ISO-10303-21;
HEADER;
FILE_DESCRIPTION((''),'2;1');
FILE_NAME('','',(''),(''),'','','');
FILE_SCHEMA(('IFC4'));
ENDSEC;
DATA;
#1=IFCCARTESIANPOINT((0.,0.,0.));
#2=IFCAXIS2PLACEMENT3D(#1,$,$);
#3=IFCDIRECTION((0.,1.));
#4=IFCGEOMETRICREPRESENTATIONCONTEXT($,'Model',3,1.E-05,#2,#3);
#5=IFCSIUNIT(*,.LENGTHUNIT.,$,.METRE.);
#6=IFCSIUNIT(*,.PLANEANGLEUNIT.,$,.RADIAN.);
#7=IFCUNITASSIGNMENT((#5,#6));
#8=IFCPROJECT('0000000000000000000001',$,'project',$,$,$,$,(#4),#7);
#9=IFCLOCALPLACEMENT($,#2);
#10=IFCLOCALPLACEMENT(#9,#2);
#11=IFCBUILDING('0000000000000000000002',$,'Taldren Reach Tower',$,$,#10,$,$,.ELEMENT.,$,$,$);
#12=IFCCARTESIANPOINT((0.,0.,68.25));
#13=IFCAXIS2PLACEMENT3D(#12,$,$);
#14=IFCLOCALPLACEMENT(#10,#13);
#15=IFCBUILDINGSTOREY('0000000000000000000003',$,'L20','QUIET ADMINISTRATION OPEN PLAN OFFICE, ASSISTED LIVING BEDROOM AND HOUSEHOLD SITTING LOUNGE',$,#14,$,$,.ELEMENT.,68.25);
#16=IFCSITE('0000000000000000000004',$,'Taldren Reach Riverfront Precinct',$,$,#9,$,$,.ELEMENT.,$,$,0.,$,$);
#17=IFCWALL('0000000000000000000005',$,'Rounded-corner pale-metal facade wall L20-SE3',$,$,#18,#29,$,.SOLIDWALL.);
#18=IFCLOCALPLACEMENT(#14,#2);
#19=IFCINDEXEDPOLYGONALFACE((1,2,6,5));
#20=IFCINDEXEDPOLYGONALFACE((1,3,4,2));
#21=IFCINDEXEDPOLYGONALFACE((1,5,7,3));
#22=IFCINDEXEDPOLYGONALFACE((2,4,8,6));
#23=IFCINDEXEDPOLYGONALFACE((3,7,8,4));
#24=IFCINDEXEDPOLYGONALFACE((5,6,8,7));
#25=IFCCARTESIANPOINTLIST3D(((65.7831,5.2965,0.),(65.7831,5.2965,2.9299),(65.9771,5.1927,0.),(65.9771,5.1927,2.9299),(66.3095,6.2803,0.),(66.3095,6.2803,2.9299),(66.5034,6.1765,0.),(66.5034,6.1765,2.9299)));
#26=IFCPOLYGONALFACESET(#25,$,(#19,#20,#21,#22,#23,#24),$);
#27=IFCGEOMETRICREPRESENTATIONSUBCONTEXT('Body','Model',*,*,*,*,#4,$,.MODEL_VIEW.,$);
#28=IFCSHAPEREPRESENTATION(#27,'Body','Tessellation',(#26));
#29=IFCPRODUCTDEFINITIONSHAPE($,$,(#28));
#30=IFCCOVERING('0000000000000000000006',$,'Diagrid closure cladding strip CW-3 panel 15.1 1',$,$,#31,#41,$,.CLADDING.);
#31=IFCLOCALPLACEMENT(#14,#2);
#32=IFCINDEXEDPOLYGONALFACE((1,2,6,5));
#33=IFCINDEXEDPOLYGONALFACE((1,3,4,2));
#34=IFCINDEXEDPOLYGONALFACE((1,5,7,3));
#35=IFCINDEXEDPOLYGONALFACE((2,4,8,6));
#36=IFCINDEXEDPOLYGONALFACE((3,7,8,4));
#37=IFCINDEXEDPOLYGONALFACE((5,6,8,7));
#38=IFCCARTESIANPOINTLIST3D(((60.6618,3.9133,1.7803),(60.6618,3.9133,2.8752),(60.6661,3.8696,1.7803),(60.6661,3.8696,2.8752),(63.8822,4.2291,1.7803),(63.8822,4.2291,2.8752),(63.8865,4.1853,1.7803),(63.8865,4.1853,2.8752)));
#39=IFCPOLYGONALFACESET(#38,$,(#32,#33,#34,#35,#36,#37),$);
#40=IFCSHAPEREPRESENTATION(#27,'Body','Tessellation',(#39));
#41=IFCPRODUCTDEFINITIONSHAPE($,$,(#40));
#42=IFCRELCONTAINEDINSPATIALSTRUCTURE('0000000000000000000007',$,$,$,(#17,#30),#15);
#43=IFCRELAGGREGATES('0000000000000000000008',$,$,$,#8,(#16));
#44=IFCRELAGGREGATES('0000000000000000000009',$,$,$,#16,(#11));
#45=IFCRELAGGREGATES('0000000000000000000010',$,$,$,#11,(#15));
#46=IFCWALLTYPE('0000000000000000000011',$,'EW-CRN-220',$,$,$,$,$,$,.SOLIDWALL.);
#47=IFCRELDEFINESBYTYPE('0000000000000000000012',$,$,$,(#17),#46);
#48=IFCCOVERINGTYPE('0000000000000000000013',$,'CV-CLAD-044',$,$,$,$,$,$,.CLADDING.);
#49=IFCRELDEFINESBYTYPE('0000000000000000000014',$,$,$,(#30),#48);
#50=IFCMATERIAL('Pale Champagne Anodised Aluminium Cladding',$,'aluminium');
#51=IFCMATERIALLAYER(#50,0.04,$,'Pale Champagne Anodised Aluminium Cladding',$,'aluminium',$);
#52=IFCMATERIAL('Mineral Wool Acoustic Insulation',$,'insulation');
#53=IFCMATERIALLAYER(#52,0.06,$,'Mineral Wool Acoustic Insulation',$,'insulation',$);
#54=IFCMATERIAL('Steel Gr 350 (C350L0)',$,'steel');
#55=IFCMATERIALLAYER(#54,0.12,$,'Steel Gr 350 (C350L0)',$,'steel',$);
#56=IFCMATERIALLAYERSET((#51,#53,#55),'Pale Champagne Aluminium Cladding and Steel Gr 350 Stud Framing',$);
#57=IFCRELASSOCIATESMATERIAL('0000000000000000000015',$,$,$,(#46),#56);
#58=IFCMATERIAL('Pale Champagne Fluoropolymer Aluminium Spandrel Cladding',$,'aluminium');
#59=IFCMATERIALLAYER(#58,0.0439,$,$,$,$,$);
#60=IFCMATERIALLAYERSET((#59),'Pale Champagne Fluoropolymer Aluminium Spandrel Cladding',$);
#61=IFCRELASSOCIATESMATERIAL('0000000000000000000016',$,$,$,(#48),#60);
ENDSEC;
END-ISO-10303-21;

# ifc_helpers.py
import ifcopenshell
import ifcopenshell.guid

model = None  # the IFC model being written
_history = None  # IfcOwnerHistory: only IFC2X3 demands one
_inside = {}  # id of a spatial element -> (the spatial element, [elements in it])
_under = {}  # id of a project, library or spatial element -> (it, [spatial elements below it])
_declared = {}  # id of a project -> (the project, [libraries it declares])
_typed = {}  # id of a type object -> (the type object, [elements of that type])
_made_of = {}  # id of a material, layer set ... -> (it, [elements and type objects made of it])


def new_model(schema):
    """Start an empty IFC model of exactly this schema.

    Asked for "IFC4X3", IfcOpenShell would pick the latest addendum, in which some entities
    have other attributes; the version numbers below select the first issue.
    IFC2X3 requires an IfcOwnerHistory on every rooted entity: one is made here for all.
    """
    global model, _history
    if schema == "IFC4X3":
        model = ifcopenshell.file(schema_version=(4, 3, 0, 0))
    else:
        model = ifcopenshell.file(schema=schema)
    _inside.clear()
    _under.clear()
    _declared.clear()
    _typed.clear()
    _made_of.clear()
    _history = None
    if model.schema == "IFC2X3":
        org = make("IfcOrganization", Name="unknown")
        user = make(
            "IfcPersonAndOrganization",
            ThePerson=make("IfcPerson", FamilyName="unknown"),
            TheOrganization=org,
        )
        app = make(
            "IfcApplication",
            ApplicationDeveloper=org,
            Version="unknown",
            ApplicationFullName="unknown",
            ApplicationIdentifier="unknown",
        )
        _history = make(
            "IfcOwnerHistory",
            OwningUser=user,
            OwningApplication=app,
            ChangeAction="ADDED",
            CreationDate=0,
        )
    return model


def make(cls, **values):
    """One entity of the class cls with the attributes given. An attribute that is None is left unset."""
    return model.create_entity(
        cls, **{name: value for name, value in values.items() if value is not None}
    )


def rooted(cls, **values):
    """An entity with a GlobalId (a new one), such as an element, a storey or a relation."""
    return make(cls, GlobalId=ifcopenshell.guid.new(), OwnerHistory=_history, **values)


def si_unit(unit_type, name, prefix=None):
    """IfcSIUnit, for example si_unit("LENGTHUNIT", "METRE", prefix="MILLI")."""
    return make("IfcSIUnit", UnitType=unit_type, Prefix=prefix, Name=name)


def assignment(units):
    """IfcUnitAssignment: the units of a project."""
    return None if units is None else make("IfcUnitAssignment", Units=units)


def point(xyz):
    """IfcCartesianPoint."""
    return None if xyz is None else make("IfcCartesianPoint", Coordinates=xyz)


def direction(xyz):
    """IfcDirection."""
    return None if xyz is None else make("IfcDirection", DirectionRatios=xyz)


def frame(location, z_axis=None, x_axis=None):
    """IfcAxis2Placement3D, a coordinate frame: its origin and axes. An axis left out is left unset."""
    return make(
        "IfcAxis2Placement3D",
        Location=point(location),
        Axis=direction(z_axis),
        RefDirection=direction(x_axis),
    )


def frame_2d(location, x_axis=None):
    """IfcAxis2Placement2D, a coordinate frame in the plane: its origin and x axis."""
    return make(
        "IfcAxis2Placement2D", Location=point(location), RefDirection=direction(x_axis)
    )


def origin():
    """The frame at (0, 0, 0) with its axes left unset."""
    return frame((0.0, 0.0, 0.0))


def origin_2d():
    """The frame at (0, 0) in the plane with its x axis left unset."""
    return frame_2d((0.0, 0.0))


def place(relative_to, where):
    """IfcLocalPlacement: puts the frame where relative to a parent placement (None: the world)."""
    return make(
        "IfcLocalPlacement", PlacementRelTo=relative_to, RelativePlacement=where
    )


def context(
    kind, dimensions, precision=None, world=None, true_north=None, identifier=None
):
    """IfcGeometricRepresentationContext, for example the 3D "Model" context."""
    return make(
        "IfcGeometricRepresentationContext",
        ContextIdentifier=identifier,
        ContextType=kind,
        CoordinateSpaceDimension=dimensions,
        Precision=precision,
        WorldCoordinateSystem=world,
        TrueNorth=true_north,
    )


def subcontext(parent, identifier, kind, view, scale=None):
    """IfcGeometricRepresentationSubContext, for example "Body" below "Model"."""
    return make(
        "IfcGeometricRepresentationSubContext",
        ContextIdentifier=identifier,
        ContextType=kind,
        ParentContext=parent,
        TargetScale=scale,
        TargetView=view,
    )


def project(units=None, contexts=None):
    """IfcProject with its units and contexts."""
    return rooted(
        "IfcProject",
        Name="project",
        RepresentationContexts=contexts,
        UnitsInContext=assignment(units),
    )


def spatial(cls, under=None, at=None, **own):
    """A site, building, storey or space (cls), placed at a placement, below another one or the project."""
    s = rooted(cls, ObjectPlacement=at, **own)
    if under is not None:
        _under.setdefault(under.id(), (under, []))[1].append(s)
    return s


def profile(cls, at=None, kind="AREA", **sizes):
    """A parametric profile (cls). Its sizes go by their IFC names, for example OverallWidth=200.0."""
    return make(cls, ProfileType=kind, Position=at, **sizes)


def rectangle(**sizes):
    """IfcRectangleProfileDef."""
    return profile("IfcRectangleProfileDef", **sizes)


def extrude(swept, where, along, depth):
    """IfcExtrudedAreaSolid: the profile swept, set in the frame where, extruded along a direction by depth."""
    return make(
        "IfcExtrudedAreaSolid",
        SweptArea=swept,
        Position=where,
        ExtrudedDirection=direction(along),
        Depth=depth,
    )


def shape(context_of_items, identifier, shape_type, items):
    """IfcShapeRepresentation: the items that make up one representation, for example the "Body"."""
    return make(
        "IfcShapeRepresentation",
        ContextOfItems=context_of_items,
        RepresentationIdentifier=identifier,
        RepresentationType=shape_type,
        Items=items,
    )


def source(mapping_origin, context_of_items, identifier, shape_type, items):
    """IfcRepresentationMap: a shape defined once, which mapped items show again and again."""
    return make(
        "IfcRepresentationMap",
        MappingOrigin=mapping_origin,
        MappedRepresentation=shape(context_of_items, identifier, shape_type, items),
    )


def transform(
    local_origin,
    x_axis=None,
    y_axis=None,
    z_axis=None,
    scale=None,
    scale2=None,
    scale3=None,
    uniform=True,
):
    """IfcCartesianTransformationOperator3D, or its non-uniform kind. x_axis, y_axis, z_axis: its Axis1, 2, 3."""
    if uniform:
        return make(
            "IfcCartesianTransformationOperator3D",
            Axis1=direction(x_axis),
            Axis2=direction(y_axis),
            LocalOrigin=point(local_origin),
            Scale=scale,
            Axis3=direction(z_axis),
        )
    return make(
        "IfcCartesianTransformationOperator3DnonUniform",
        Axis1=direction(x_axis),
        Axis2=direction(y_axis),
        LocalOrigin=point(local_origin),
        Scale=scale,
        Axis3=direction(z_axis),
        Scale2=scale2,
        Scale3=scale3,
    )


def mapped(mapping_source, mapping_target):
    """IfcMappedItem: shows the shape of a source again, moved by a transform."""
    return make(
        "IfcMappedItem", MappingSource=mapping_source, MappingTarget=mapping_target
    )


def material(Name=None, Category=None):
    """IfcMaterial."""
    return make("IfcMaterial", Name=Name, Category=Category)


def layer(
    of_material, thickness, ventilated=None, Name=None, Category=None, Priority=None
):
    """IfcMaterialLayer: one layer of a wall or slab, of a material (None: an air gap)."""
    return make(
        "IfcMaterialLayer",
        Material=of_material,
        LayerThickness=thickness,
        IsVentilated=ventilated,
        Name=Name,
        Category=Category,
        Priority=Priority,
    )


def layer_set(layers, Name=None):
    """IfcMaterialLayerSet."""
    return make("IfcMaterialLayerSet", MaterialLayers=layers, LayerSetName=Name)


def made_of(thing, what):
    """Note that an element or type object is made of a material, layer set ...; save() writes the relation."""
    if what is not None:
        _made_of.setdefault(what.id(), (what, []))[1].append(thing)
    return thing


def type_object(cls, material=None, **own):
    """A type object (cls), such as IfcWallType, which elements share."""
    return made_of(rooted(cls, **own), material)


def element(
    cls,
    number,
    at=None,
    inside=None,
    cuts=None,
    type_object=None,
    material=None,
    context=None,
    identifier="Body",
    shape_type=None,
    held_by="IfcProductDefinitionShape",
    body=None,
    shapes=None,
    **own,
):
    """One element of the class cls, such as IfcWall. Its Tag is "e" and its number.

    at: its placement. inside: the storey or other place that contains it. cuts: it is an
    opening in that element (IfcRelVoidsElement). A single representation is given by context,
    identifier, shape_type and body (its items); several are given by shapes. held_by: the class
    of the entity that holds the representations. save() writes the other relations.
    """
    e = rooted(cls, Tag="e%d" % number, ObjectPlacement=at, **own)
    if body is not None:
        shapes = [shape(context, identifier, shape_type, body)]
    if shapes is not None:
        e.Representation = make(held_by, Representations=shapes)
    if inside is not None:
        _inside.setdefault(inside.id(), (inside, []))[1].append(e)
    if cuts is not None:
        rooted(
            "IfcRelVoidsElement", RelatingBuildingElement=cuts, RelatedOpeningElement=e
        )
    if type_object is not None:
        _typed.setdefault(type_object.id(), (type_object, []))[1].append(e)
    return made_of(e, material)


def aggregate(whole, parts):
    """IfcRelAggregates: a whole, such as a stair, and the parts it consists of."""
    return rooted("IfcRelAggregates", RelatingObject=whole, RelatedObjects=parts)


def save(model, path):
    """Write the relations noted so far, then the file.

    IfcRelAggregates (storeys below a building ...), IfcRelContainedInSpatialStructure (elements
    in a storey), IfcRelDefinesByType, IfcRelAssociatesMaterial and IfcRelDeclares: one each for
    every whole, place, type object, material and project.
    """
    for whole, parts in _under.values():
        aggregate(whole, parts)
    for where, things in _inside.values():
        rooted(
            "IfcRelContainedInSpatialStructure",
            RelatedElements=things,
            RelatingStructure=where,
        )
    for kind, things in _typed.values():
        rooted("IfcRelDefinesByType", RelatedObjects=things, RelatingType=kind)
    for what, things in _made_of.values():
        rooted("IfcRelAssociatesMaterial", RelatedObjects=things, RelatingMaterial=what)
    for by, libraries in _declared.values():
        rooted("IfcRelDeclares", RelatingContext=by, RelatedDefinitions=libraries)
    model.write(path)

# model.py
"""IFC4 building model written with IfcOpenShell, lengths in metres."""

from ifc_helpers import new_model, si_unit, direction, frame, frame_2d, origin, origin_2d, place, context, subcontext, project, spatial, rectangle, extrude, source, transform, mapped, material, layer, layer_set, type_object, element, save


model = new_model("IFC4")

# Units and contexts
model_context = context("Model", 3, precision=1e-05, world=origin(), true_north=direction((0.0, 1.0)))
body_context = subcontext(model_context, "Body", "Model", "MODEL_VIEW")
ifc_project = project(units=[si_unit("LENGTHUNIT", "METRE"), si_unit("PLANEANGLEUNIT", "RADIAN")], contexts=[model_context])

# Site, building, storey
site_placement = place(None, origin())
site = spatial("IfcSite", under=ifc_project, at=site_placement, Name="Taldren Reach Riverfront Precinct", CompositionType="ELEMENT", RefElevation=0.0)
building_placement = place(site_placement, origin())
building = spatial("IfcBuilding", under=site, at=building_placement, Name="Taldren Reach Tower", CompositionType="ELEMENT")
storey_placement = place(building_placement, frame((0.0, 0.0, 68.25)))
storey = spatial("IfcBuildingStorey", under=building, at=storey_placement, Name="L20", Description="QUIET ADMINISTRATION OPEN PLAN OFFICE, ASSISTED LIVING BEDROOM AND HOUSEHOLD SITTING LOUNGE", CompositionType="ELEMENT", Elevation=68.25)

# Shared definitions
ifc_material_1 = material(Name="Steel Gr 350 (C350L0)", Category="steel")

# Wall
ifc_material_2 = material(Name="Pale Champagne Anodised Aluminium Cladding", Category="aluminium")
ifc_layer_1 = layer(ifc_material_2, 0.04, Name="Pale Champagne Anodised Aluminium Cladding", Category="aluminium")
ifc_material_3 = material(Name="Mineral Wool Acoustic Insulation", Category="insulation")
ifc_layer_2 = layer(ifc_material_3, 0.06, Name="Mineral Wool Acoustic Insulation", Category="insulation")
ifc_layer_3 = layer(ifc_material_1, 0.12, Name="Steel Gr 350 (C350L0)", Category="steel")
ifc_layer_set_1 = layer_set([ifc_layer_1, ifc_layer_2, ifc_layer_3], Name="Pale Champagne Aluminium Cladding and Steel Gr 350 Stud Framing")
wall_type = type_object("IfcWallType", Name="EW-CRN-220", PredefinedType="SOLIDWALL", material=ifc_layer_set_1)
shared_shape_1 = source(origin(), body_context, "Body", "SweptSolid", [
    extrude(rectangle(XDim=1.1157, YDim=0.22, at=frame_2d((0.5579, 0.0))), origin(), (0.0, 0.0, 1.0), 2.9299),
])
for number, where, z_axis, x_axis, name in (
    (1, (65.8801, 5.2446, 0.0), (0.0, 0.0, 1.0), (0.471723, 0.881747, 0.0), "Rounded-corner pale-metal facade wall L20-SE3"),
):
    element("IfcWall", number, at=place(storey_placement, frame(where, z_axis=z_axis, x_axis=x_axis)), inside=storey, type_object=wall_type, Name=name, PredefinedType="SOLIDWALL", context=body_context, shape_type="MappedRepresentation", body=[
        mapped(shared_shape_1, transform((0.0, 0.0, 0.0), scale=1.0)),
    ])

# Covering
ifc_material_4 = material(Name="Pale Champagne Fluoropolymer Aluminium Spandrel Cladding", Category="aluminium")
ifc_layer_4 = layer(ifc_material_4, 0.0439)
ifc_layer_set_2 = layer_set([ifc_layer_4], Name="Pale Champagne Fluoropolymer Aluminium Spandrel Cladding")
covering_type = type_object("IfcCoveringType", Name="CV-CLAD-044", PredefinedType="CLADDING", material=ifc_layer_set_2)
shared_shape_2 = source(origin(), body_context, "Body", "SweptSolid", [
    extrude(rectangle(XDim=3.2358, YDim=0.0439, at=origin_2d()), origin(), (0.0, 0.0, 1.0), 1.095),
])
covering_placement = place(storey_placement, frame((62.2742, 4.0493, 1.7803), z_axis=(0.0, 0.0, 1.0), x_axis=(0.995227, 0.097583, 0.0)))
element("IfcCovering", 2, at=covering_placement, inside=storey, type_object=covering_type, Name="Diagrid closure cladding strip CW-3 panel 15.1 1", PredefinedType="CLADDING", context=body_context, shape_type="MappedRepresentation", body=[
    mapped(shared_shape_2, transform((0.0, 0.0, 0.0), scale=1.0)),
])

save(model, "model.ifc")
